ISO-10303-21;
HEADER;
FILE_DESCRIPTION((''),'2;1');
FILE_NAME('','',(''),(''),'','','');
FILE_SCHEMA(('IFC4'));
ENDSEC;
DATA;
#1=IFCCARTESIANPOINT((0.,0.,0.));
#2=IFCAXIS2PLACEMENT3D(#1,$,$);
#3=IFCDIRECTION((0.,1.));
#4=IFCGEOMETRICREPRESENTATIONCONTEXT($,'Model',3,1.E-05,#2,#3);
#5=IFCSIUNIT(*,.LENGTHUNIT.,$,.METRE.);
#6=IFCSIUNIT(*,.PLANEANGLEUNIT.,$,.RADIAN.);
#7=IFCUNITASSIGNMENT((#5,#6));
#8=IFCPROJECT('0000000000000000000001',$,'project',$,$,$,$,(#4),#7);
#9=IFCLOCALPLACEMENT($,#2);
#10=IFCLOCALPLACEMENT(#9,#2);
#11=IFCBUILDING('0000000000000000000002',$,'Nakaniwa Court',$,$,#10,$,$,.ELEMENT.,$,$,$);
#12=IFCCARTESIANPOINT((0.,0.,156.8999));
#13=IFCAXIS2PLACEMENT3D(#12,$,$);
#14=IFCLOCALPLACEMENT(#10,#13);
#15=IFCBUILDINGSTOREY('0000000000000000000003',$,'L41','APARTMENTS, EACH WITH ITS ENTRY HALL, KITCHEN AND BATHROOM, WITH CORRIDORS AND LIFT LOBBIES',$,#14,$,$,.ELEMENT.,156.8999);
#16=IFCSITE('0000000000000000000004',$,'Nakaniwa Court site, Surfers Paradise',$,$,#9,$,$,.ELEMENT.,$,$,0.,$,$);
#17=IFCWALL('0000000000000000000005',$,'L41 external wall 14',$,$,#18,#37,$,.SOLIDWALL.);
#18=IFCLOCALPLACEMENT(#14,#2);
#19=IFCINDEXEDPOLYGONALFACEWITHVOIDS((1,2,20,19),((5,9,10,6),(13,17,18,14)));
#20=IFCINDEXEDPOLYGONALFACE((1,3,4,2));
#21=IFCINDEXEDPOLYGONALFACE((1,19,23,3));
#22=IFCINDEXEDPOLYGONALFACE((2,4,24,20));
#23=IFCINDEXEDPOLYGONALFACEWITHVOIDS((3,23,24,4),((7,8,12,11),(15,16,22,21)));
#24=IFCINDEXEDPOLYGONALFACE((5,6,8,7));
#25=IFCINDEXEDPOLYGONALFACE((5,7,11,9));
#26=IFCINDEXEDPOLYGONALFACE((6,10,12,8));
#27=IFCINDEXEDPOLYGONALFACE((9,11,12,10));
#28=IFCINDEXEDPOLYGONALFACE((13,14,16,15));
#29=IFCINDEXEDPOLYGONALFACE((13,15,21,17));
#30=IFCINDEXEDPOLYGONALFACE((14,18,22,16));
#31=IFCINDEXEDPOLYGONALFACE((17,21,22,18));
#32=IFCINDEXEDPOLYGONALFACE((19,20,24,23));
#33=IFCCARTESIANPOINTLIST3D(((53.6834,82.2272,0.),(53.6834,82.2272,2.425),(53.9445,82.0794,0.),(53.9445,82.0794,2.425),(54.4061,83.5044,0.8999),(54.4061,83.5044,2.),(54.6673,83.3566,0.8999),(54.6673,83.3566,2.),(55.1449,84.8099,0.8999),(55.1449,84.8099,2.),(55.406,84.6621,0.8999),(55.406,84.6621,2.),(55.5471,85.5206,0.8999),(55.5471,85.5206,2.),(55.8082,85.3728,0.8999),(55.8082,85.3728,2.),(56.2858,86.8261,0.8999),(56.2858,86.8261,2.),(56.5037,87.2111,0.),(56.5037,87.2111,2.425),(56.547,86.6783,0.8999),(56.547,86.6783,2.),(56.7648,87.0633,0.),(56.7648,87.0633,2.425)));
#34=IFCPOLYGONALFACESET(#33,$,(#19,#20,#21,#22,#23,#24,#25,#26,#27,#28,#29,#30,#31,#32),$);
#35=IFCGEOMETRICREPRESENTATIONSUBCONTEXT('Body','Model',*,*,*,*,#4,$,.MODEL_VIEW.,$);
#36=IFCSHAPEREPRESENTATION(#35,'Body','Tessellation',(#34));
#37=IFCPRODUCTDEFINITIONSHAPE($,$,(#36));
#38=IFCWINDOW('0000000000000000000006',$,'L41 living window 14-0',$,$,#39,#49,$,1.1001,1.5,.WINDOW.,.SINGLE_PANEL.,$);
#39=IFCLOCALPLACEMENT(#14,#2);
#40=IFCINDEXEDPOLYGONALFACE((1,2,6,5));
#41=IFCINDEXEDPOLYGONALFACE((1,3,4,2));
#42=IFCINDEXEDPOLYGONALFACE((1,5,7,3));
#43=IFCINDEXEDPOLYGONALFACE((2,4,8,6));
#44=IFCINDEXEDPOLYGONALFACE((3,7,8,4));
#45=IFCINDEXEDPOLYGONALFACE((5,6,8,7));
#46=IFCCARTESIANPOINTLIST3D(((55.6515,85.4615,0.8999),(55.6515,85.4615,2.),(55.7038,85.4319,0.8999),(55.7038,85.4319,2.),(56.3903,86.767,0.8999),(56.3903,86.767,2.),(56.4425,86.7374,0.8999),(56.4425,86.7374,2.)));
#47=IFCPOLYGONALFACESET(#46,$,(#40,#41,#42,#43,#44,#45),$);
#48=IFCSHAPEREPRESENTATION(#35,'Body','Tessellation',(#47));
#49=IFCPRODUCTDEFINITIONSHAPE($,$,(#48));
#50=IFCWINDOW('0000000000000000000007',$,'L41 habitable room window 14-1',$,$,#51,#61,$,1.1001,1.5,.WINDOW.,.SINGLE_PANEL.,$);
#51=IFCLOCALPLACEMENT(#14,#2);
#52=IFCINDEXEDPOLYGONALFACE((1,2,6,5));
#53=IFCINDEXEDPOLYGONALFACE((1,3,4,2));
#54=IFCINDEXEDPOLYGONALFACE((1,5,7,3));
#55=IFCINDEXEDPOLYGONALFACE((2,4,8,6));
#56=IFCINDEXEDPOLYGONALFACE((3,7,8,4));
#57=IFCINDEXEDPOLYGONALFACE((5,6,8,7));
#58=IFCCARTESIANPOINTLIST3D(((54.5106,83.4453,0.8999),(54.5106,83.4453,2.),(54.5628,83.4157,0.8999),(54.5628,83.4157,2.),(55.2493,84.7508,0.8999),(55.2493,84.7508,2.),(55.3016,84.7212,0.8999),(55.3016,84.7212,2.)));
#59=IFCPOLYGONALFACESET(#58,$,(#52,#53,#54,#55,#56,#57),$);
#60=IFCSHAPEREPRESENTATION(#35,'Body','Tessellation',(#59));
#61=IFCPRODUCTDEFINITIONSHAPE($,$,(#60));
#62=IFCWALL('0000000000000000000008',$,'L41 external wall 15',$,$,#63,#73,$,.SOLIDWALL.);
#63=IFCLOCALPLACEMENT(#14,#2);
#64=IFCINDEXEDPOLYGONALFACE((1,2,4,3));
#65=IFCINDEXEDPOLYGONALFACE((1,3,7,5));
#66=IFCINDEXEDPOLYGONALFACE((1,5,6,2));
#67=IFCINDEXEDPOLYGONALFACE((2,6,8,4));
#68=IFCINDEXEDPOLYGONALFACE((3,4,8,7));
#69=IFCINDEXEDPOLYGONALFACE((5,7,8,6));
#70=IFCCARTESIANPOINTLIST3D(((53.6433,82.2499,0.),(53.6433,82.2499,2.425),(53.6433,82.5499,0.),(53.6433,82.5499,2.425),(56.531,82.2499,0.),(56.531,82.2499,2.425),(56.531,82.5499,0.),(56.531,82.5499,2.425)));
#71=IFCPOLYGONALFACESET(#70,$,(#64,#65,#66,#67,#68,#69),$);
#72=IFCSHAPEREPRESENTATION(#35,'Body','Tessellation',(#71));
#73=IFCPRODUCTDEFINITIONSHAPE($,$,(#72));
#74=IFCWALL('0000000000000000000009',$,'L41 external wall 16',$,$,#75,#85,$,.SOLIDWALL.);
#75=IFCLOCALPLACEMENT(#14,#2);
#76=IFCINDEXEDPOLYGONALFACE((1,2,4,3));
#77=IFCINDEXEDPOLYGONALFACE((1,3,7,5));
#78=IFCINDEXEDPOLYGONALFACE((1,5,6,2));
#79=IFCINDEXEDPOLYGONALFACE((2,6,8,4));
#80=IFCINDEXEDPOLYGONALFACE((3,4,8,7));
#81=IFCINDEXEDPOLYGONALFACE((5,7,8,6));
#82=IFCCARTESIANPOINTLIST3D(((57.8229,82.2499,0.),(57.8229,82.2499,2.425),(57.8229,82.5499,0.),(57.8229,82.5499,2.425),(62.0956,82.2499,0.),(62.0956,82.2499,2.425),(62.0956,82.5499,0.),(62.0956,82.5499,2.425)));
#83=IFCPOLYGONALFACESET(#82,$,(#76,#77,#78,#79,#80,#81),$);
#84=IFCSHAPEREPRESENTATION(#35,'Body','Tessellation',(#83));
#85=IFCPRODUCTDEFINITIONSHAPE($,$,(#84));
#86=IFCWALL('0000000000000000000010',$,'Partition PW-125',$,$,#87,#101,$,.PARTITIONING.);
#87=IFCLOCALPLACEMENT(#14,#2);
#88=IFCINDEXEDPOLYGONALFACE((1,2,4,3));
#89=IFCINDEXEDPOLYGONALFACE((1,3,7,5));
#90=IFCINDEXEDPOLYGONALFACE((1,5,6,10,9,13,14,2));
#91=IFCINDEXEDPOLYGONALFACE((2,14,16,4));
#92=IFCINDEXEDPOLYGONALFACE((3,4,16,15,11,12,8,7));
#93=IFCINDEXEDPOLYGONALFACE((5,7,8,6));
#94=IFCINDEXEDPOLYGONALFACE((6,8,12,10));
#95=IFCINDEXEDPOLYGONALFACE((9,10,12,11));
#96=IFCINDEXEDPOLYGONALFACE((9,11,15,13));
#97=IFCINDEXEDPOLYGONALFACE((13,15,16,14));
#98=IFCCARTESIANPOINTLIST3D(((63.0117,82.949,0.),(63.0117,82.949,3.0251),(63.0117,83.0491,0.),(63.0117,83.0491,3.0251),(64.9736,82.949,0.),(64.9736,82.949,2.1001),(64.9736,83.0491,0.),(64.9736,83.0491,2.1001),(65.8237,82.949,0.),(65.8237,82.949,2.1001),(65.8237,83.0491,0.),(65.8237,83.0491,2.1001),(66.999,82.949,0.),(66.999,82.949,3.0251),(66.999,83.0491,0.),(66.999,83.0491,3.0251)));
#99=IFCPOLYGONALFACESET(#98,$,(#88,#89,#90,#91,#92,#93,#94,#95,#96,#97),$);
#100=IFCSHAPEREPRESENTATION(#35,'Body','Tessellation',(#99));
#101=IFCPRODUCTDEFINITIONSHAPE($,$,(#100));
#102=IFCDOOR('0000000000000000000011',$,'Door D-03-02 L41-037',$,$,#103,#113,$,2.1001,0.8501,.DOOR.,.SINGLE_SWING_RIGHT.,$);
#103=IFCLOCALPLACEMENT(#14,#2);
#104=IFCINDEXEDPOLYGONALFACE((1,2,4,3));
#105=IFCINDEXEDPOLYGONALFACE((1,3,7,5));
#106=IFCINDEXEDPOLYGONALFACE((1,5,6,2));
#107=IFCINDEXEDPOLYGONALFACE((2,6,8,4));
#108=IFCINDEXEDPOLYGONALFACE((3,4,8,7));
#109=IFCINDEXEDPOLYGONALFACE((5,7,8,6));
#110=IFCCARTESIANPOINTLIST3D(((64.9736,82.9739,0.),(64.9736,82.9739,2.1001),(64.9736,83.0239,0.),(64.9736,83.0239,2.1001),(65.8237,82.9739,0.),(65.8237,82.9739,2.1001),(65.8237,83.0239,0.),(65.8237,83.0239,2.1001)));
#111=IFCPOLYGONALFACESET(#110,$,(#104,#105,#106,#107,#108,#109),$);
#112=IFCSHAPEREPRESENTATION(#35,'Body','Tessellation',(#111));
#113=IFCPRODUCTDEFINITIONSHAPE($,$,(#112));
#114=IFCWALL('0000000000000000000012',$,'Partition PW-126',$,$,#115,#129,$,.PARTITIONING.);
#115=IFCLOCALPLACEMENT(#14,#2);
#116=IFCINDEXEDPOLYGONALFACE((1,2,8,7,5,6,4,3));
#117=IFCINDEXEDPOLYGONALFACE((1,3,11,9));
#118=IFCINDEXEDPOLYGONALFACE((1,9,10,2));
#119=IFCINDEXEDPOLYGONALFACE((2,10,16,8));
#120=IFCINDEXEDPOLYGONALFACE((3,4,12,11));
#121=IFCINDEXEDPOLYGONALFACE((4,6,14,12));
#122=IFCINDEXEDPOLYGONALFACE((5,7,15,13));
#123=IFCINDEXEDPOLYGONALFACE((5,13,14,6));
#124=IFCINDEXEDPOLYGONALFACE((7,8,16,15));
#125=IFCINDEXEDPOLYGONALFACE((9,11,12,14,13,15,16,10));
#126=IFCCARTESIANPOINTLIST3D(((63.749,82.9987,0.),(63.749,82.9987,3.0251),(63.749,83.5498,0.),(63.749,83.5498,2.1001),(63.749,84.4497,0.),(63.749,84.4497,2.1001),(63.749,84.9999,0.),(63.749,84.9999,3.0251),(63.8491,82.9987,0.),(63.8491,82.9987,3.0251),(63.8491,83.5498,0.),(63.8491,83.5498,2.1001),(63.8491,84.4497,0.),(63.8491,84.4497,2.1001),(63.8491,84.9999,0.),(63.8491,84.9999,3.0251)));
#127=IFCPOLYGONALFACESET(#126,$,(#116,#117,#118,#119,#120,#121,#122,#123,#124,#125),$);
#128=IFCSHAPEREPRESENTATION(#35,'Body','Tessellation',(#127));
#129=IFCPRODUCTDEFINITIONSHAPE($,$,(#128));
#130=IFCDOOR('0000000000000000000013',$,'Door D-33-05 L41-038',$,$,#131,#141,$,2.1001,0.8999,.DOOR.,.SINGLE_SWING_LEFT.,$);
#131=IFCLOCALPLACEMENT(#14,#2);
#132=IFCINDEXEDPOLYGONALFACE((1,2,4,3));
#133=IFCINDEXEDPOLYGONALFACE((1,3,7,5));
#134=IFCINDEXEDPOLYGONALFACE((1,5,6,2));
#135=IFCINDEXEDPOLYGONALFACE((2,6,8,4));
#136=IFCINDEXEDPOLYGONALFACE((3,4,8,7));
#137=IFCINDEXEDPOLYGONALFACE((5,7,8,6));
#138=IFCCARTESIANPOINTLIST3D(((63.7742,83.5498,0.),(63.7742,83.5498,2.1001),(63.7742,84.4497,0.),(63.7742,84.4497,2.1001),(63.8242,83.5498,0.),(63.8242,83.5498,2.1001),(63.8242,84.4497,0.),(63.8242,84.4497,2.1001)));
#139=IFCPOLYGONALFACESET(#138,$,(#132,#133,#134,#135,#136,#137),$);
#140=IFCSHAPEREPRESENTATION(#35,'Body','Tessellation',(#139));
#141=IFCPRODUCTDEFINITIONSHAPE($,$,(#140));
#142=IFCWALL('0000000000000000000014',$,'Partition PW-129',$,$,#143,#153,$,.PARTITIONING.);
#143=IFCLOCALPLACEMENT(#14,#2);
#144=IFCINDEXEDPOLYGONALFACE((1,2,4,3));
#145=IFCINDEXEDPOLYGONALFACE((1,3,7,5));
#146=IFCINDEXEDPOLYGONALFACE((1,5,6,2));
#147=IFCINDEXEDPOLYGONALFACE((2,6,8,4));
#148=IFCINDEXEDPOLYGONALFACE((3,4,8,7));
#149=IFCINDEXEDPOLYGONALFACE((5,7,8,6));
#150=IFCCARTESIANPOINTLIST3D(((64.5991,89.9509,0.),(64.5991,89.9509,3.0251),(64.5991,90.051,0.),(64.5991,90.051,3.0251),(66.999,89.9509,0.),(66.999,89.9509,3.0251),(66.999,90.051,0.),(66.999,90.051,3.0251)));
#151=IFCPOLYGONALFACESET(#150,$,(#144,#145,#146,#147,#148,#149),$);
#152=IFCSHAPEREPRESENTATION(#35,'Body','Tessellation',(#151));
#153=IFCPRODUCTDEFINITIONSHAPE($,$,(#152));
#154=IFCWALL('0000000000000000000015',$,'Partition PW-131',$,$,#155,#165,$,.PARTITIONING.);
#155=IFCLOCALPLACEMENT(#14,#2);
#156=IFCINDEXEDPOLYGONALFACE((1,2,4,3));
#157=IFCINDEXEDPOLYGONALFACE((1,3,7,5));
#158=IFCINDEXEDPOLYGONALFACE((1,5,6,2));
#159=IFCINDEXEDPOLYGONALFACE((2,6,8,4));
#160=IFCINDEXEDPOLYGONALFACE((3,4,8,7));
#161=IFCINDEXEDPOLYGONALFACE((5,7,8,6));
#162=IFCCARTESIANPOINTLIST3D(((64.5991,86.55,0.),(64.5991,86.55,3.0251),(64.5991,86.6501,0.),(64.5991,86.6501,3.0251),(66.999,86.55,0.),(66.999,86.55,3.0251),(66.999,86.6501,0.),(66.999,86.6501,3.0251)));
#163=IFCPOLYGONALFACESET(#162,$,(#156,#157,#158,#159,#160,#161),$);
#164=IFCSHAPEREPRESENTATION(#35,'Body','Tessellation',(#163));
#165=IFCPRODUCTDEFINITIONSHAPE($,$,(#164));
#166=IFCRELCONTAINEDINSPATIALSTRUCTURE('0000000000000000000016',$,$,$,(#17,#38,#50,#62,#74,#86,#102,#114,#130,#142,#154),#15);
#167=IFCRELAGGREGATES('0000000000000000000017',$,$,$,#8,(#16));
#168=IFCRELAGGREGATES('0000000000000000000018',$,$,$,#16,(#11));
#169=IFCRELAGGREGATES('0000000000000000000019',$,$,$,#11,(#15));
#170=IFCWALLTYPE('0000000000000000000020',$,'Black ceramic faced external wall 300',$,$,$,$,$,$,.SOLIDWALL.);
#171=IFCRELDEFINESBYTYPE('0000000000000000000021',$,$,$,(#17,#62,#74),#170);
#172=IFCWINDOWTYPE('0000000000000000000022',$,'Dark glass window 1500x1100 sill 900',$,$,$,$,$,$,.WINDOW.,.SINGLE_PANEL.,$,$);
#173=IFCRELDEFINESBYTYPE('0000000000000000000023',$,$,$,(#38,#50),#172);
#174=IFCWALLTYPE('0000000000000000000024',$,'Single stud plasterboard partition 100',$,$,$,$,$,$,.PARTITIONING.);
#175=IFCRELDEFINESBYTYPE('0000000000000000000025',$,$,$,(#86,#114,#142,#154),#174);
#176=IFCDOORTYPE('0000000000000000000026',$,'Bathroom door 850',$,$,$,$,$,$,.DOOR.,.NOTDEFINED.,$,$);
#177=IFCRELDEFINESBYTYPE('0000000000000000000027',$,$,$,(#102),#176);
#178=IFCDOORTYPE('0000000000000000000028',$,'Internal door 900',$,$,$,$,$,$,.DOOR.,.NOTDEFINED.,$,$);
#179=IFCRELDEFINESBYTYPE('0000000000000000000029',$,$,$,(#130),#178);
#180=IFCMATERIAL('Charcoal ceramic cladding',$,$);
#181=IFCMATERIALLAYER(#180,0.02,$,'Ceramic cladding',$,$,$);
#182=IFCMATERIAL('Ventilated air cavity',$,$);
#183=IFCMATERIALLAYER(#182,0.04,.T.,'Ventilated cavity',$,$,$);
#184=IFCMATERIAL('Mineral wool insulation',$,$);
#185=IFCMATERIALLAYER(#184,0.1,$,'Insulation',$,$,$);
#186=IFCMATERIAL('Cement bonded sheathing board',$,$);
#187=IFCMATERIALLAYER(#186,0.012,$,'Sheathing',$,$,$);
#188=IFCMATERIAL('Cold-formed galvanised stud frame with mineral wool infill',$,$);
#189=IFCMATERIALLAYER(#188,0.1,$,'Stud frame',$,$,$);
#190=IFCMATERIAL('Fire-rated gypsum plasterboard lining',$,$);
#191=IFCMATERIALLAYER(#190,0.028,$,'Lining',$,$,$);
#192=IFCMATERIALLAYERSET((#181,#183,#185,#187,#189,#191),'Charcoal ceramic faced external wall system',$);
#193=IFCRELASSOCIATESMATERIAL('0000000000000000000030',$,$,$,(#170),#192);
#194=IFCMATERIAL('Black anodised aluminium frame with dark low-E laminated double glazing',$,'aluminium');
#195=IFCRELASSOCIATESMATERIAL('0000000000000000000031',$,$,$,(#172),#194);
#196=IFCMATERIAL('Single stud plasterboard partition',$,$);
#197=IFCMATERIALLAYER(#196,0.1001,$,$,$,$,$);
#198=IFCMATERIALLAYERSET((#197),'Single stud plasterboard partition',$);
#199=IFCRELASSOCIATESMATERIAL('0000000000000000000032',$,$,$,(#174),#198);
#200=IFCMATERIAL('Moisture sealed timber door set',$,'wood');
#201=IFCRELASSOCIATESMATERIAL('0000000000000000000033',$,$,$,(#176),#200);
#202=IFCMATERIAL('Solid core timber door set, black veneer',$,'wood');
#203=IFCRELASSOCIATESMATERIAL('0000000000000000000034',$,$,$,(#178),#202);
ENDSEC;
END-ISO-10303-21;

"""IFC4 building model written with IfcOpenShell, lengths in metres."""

from ifc_helpers import new_model, si_unit, direction, frame, frame_2d, origin, place, context, subcontext, project, spatial, rectangle, extrude, material, layer, layer_set, type_object, element, fill, save


model = new_model("IFC4")

# Units and contexts
model_context = context("Model", 3, precision=1e-05, world=origin(), true_north=direction((0.0, 1.0)))
body_context = subcontext(model_context, "Body", "Model", "MODEL_VIEW")
ifc_project = project(units=[si_unit("LENGTHUNIT", "METRE"), si_unit("PLANEANGLEUNIT", "RADIAN")], contexts=[model_context])

# Site, building, storey
site_placement = place(None, origin())
site = spatial("IfcSite", under=ifc_project, at=site_placement, Name="Nakaniwa Court site, Surfers Paradise", CompositionType="ELEMENT", RefElevation=0.0)
building_placement = place(site_placement, origin())
building = spatial("IfcBuilding", under=site, at=building_placement, Name="Nakaniwa Court", CompositionType="ELEMENT")
storey_placement = place(building_placement, frame((0.0, 0.0, 156.8999)))
storey = spatial("IfcBuildingStorey", under=building, at=storey_placement, Name="L41", Description="APARTMENTS, EACH WITH ITS ENTRY HALL, KITCHEN AND BATHROOM, WITH CORRIDORS AND LIFT LOBBIES", CompositionType="ELEMENT", Elevation=156.8999)

# Shared definitions
ifc_material_1 = material(Name="Solid core timber door set, black veneer", Category="wood")

# Shared definitions
ifc_material_2 = material(Name="Charcoal ceramic cladding")
ifc_layer_1 = layer(ifc_material_2, 0.02, Name="Ceramic cladding")
ifc_material_3 = material(Name="Ventilated air cavity")
ifc_layer_2 = layer(ifc_material_3, 0.04, ventilated=True, Name="Ventilated cavity")
ifc_material_4 = material(Name="Mineral wool insulation")
ifc_layer_3 = layer(ifc_material_4, 0.1, Name="Insulation")
ifc_material_5 = material(Name="Cement bonded sheathing board")
ifc_layer_4 = layer(ifc_material_5, 0.012, Name="Sheathing")
ifc_material_6 = material(Name="Cold-formed galvanised stud frame with mineral wool infill")
ifc_layer_5 = layer(ifc_material_6, 0.1, Name="Stud frame")
ifc_material_7 = material(Name="Fire-rated gypsum plasterboard lining")
ifc_layer_6 = layer(ifc_material_7, 0.028, Name="Lining")
ifc_layer_set_1 = layer_set([ifc_layer_1, ifc_layer_2, ifc_layer_3, ifc_layer_4, ifc_layer_5, ifc_layer_6], Name="Charcoal ceramic faced external wall system")
wall_type_1 = type_object("IfcWallType", Name="Black ceramic faced external wall 300", PredefinedType="SOLIDWALL", material=ifc_layer_set_1)

# Wall, openings, windows
wall_1_placement = place(storey_placement, frame((56.6343, 87.1372, 0.0), z_axis=(0.0, 0.0, 1.0), x_axis=(-0.492498, -0.870313, 0.0)))
wall_1 = element("IfcWall", 1, at=wall_1_placement, inside=storey, type_object=wall_type_1, Name="L41 external wall 14", PredefinedType="SOLIDWALL", context=body_context, shape_type="SweptSolid", body=[
    extrude(rectangle(XDim=5.7266, YDim=0.3, at=frame_2d((2.8633, 0.0))), origin(), (0.0, 0.0, 1.0), 2.425),
])
opening_1_placement = place(wall_1_placement, frame((0.4424, 0.0, 0.8999)))
opening_1 = element("IfcOpeningElement", 2, at=opening_1_placement, cuts=wall_1, PredefinedType="OPENING", context=body_context, shape_type="SweptSolid", body=[
    extrude(rectangle(XDim=1.5, YDim=1.1001, at=frame_2d((0.75, 0.55))), frame((0.0, 0.1599, 0.0), z_axis=(0.0, -1.0, 0.0), x_axis=(1.0, 0.0, 0.0)), (0.0, 0.0, 1.0), 0.3201),
])
opening_2_placement = place(wall_1_placement, frame((2.759, 0.0, 0.8999)))
opening_2 = element("IfcOpeningElement", 3, at=opening_2_placement, cuts=wall_1, PredefinedType="OPENING", context=body_context, shape_type="SweptSolid", body=[
    extrude(rectangle(XDim=1.5, YDim=1.1001, at=frame_2d((0.75, 0.55))), frame((0.0, 0.1599, 0.0), z_axis=(0.0, -1.0, 0.0), x_axis=(1.0, 0.0, 0.0)), (0.0, 0.0, 1.0), 0.3201),
])
ifc_material_8 = material(Name="Black anodised aluminium frame with dark low-E laminated double glazing", Category="aluminium")
window_type = type_object("IfcWindowType", Name="Dark glass window 1500x1100 sill 900", PartitioningType="SINGLE_PANEL", PredefinedType="WINDOW", material=ifc_material_8)
window_1_placement = place(opening_1_placement, origin())
window_1 = element("IfcWindow", 4, at=window_1_placement, inside=storey, type_object=window_type, Name="L41 living window 14-0", OverallHeight=1.1001, OverallWidth=1.5, PartitioningType="SINGLE_PANEL", PredefinedType="WINDOW", context=body_context, shape_type="SweptSolid", body=[
    extrude(rectangle(XDim=1.5, YDim=1.1001, at=frame_2d((0.75, 0.55))), frame((0.0, 0.03, 0.0), z_axis=(0.0, -1.0, 0.0), x_axis=(1.0, 0.0, 0.0)), (0.0, 0.0, 1.0), 0.0601),
])
fill(opening_1, window_1)
window_2_placement = place(opening_2_placement, origin())
window_2 = element("IfcWindow", 5, at=window_2_placement, inside=storey, type_object=window_type, Name="L41 habitable room window 14-1", OverallHeight=1.1001, OverallWidth=1.5, PartitioningType="SINGLE_PANEL", PredefinedType="WINDOW", context=body_context, shape_type="SweptSolid", body=[
    extrude(rectangle(XDim=1.5, YDim=1.1001, at=frame_2d((0.75, 0.55))), frame((0.0, 0.03, 0.0), z_axis=(0.0, -1.0, 0.0), x_axis=(1.0, 0.0, 0.0)), (0.0, 0.0, 1.0), 0.0601),
])
fill(opening_2, window_2)

# Walls
wall_2_placement = place(storey_placement, frame((53.6433, 82.3999, 0.0), z_axis=(0.0, 0.0, 1.0), x_axis=(1.0, 0.0, 0.0)))
element("IfcWall", 6, at=wall_2_placement, inside=storey, type_object=wall_type_1, Name="L41 external wall 15", PredefinedType="SOLIDWALL", context=body_context, shape_type="SweptSolid", body=[
    extrude(rectangle(XDim=2.8877, YDim=0.3, at=frame_2d((1.4438, 0.0))), origin(), (0.0, 0.0, 1.0), 2.425),
])
wall_3_placement = place(storey_placement, frame((57.823, 82.3999, 0.0), z_axis=(0.0, 0.0, 1.0), x_axis=(1.0, 0.0, 0.0)))
element("IfcWall", 7, at=wall_3_placement, inside=storey, type_object=wall_type_1, Name="L41 external wall 16", PredefinedType="SOLIDWALL", context=body_context, shape_type="SweptSolid", body=[
    extrude(rectangle(XDim=4.2727, YDim=0.3, at=frame_2d((2.1362, 0.0))), origin(), (0.0, 0.0, 1.0), 2.425),
])

# Walls, openings, doors
ifc_material_9 = material(Name="Single stud plasterboard partition")
ifc_layer_7 = layer(ifc_material_9, 0.1001)
ifc_layer_set_2 = layer_set([ifc_layer_7], Name="Single stud plasterboard partition")
wall_type_2 = type_object("IfcWallType", Name="Single stud plasterboard partition 100", PredefinedType="PARTITIONING", material=ifc_layer_set_2)
wall_4_placement = place(storey_placement, frame((63.0117, 82.999, 0.0), z_axis=(0.0, 0.0, 1.0), x_axis=(1.0, 0.0, 0.0)))
wall_4 = element("IfcWall", 8, at=wall_4_placement, inside=storey, type_object=wall_type_2, Name="Partition PW-125", PredefinedType="PARTITIONING", context=body_context, shape_type="SweptSolid", body=[
    extrude(rectangle(XDim=3.9873, YDim=0.1001, at=frame_2d((1.9937, 0.0))), origin(), (0.0, 0.0, 1.0), 3.0251),
])
opening_3_placement = place(wall_4_placement, frame((1.9619, 0.0, 0.0)))
opening_3 = element("IfcOpeningElement", 9, at=opening_3_placement, cuts=wall_4, PredefinedType="OPENING", context=body_context, shape_type="SweptSolid", body=[
    extrude(rectangle(XDim=0.8501, YDim=2.1001, at=frame_2d((0.425, 1.05))), frame((0.0, 0.0601, 0.0), z_axis=(0.0, -1.0, 0.0), x_axis=(1.0, 0.0, 0.0)), (0.0, 0.0, 1.0), 0.1201),
])
ifc_material_10 = material(Name="Moisture sealed timber door set", Category="wood")
door_type_1 = type_object("IfcDoorType", Name="Bathroom door 850", OperationType="NOTDEFINED", PredefinedType="DOOR", material=ifc_material_10)
door_1_placement = place(opening_3_placement, origin())
door_1 = element("IfcDoor", 10, at=door_1_placement, inside=storey, type_object=door_type_1, Name="Door D-03-02 L41-037", OperationType="SINGLE_SWING_RIGHT", OverallHeight=2.1001, OverallWidth=0.8501, PredefinedType="DOOR", context=body_context, shape_type="SweptSolid", body=[
    extrude(rectangle(XDim=0.8501, YDim=2.1001, at=frame_2d((0.425, 1.05))), frame((0.0, 0.0249, 0.0), z_axis=(0.0, -1.0, 0.0), x_axis=(1.0, 0.0, 0.0)), (0.0, 0.0, 1.0), 0.05),
])
fill(opening_3, door_1)
wall_5_placement = place(storey_placement, frame((63.7991, 82.9988, 0.0), z_axis=(0.0, 0.0, 1.0), x_axis=(0.0, 1.0, 0.0)))
wall_5 = element("IfcWall", 11, at=wall_5_placement, inside=storey, type_object=wall_type_2, Name="Partition PW-126", PredefinedType="PARTITIONING", context=body_context, shape_type="SweptSolid", body=[
    extrude(rectangle(XDim=2.0012, YDim=0.1001, at=frame_2d((1.0005, 0.0))), origin(), (0.0, 0.0, 1.0), 3.0251),
])
opening_4_placement = place(wall_5_placement, frame((0.551, 0.0, 0.0)))
opening_4 = element("IfcOpeningElement", 12, at=opening_4_placement, cuts=wall_5, PredefinedType="OPENING", context=body_context, shape_type="SweptSolid", body=[
    extrude(rectangle(XDim=0.8999, YDim=2.1001, at=frame_2d((0.45, 1.05))), frame((0.0, 0.0601, 0.0), z_axis=(0.0, -1.0, 0.0), x_axis=(1.0, 0.0, 0.0)), (0.0, 0.0, 1.0), 0.1201),
])
door_type_2 = type_object("IfcDoorType", Name="Internal door 900", OperationType="NOTDEFINED", PredefinedType="DOOR", material=ifc_material_1)
door_2_placement = place(opening_4_placement, origin())
door_2 = element("IfcDoor", 13, at=door_2_placement, inside=storey, type_object=door_type_2, Name="Door D-33-05 L41-038", OperationType="SINGLE_SWING_LEFT", OverallHeight=2.1001, OverallWidth=0.8999, PredefinedType="DOOR", context=body_context, shape_type="SweptSolid", body=[
    extrude(rectangle(XDim=0.8999, YDim=2.1001, at=frame_2d((0.45, 1.05))), frame((0.0, 0.0249, 0.0), z_axis=(0.0, -1.0, 0.0), x_axis=(1.0, 0.0, 0.0)), (0.0, 0.0, 1.0), 0.05),
])
fill(opening_4, door_2)

# Walls
for number, where, z_axis, x_axis, name in (
    (14, (64.5991, 90.001, 0.0), (0.0, 0.0, 1.0), (1.0, 0.0, 0.0), "Partition PW-129"),
    (15, (64.5991, 86.6001, 0.0), (0.0, 0.0, 1.0), (1.0, 0.0, 0.0), "Partition PW-131"),
):
    element("IfcWall", number, at=place(storey_placement, frame(where, z_axis=z_axis, x_axis=x_axis)), inside=storey, type_object=wall_type_2, Name=name, PredefinedType="PARTITIONING", context=body_context, shape_type="SweptSolid", body=[
        extrude(rectangle(XDim=2.3999, YDim=0.1001, at=frame_2d((1.2, 0.0))), origin(), (0.0, 0.0, 1.0), 3.0251),
    ])

save(model, "model.ifc")
